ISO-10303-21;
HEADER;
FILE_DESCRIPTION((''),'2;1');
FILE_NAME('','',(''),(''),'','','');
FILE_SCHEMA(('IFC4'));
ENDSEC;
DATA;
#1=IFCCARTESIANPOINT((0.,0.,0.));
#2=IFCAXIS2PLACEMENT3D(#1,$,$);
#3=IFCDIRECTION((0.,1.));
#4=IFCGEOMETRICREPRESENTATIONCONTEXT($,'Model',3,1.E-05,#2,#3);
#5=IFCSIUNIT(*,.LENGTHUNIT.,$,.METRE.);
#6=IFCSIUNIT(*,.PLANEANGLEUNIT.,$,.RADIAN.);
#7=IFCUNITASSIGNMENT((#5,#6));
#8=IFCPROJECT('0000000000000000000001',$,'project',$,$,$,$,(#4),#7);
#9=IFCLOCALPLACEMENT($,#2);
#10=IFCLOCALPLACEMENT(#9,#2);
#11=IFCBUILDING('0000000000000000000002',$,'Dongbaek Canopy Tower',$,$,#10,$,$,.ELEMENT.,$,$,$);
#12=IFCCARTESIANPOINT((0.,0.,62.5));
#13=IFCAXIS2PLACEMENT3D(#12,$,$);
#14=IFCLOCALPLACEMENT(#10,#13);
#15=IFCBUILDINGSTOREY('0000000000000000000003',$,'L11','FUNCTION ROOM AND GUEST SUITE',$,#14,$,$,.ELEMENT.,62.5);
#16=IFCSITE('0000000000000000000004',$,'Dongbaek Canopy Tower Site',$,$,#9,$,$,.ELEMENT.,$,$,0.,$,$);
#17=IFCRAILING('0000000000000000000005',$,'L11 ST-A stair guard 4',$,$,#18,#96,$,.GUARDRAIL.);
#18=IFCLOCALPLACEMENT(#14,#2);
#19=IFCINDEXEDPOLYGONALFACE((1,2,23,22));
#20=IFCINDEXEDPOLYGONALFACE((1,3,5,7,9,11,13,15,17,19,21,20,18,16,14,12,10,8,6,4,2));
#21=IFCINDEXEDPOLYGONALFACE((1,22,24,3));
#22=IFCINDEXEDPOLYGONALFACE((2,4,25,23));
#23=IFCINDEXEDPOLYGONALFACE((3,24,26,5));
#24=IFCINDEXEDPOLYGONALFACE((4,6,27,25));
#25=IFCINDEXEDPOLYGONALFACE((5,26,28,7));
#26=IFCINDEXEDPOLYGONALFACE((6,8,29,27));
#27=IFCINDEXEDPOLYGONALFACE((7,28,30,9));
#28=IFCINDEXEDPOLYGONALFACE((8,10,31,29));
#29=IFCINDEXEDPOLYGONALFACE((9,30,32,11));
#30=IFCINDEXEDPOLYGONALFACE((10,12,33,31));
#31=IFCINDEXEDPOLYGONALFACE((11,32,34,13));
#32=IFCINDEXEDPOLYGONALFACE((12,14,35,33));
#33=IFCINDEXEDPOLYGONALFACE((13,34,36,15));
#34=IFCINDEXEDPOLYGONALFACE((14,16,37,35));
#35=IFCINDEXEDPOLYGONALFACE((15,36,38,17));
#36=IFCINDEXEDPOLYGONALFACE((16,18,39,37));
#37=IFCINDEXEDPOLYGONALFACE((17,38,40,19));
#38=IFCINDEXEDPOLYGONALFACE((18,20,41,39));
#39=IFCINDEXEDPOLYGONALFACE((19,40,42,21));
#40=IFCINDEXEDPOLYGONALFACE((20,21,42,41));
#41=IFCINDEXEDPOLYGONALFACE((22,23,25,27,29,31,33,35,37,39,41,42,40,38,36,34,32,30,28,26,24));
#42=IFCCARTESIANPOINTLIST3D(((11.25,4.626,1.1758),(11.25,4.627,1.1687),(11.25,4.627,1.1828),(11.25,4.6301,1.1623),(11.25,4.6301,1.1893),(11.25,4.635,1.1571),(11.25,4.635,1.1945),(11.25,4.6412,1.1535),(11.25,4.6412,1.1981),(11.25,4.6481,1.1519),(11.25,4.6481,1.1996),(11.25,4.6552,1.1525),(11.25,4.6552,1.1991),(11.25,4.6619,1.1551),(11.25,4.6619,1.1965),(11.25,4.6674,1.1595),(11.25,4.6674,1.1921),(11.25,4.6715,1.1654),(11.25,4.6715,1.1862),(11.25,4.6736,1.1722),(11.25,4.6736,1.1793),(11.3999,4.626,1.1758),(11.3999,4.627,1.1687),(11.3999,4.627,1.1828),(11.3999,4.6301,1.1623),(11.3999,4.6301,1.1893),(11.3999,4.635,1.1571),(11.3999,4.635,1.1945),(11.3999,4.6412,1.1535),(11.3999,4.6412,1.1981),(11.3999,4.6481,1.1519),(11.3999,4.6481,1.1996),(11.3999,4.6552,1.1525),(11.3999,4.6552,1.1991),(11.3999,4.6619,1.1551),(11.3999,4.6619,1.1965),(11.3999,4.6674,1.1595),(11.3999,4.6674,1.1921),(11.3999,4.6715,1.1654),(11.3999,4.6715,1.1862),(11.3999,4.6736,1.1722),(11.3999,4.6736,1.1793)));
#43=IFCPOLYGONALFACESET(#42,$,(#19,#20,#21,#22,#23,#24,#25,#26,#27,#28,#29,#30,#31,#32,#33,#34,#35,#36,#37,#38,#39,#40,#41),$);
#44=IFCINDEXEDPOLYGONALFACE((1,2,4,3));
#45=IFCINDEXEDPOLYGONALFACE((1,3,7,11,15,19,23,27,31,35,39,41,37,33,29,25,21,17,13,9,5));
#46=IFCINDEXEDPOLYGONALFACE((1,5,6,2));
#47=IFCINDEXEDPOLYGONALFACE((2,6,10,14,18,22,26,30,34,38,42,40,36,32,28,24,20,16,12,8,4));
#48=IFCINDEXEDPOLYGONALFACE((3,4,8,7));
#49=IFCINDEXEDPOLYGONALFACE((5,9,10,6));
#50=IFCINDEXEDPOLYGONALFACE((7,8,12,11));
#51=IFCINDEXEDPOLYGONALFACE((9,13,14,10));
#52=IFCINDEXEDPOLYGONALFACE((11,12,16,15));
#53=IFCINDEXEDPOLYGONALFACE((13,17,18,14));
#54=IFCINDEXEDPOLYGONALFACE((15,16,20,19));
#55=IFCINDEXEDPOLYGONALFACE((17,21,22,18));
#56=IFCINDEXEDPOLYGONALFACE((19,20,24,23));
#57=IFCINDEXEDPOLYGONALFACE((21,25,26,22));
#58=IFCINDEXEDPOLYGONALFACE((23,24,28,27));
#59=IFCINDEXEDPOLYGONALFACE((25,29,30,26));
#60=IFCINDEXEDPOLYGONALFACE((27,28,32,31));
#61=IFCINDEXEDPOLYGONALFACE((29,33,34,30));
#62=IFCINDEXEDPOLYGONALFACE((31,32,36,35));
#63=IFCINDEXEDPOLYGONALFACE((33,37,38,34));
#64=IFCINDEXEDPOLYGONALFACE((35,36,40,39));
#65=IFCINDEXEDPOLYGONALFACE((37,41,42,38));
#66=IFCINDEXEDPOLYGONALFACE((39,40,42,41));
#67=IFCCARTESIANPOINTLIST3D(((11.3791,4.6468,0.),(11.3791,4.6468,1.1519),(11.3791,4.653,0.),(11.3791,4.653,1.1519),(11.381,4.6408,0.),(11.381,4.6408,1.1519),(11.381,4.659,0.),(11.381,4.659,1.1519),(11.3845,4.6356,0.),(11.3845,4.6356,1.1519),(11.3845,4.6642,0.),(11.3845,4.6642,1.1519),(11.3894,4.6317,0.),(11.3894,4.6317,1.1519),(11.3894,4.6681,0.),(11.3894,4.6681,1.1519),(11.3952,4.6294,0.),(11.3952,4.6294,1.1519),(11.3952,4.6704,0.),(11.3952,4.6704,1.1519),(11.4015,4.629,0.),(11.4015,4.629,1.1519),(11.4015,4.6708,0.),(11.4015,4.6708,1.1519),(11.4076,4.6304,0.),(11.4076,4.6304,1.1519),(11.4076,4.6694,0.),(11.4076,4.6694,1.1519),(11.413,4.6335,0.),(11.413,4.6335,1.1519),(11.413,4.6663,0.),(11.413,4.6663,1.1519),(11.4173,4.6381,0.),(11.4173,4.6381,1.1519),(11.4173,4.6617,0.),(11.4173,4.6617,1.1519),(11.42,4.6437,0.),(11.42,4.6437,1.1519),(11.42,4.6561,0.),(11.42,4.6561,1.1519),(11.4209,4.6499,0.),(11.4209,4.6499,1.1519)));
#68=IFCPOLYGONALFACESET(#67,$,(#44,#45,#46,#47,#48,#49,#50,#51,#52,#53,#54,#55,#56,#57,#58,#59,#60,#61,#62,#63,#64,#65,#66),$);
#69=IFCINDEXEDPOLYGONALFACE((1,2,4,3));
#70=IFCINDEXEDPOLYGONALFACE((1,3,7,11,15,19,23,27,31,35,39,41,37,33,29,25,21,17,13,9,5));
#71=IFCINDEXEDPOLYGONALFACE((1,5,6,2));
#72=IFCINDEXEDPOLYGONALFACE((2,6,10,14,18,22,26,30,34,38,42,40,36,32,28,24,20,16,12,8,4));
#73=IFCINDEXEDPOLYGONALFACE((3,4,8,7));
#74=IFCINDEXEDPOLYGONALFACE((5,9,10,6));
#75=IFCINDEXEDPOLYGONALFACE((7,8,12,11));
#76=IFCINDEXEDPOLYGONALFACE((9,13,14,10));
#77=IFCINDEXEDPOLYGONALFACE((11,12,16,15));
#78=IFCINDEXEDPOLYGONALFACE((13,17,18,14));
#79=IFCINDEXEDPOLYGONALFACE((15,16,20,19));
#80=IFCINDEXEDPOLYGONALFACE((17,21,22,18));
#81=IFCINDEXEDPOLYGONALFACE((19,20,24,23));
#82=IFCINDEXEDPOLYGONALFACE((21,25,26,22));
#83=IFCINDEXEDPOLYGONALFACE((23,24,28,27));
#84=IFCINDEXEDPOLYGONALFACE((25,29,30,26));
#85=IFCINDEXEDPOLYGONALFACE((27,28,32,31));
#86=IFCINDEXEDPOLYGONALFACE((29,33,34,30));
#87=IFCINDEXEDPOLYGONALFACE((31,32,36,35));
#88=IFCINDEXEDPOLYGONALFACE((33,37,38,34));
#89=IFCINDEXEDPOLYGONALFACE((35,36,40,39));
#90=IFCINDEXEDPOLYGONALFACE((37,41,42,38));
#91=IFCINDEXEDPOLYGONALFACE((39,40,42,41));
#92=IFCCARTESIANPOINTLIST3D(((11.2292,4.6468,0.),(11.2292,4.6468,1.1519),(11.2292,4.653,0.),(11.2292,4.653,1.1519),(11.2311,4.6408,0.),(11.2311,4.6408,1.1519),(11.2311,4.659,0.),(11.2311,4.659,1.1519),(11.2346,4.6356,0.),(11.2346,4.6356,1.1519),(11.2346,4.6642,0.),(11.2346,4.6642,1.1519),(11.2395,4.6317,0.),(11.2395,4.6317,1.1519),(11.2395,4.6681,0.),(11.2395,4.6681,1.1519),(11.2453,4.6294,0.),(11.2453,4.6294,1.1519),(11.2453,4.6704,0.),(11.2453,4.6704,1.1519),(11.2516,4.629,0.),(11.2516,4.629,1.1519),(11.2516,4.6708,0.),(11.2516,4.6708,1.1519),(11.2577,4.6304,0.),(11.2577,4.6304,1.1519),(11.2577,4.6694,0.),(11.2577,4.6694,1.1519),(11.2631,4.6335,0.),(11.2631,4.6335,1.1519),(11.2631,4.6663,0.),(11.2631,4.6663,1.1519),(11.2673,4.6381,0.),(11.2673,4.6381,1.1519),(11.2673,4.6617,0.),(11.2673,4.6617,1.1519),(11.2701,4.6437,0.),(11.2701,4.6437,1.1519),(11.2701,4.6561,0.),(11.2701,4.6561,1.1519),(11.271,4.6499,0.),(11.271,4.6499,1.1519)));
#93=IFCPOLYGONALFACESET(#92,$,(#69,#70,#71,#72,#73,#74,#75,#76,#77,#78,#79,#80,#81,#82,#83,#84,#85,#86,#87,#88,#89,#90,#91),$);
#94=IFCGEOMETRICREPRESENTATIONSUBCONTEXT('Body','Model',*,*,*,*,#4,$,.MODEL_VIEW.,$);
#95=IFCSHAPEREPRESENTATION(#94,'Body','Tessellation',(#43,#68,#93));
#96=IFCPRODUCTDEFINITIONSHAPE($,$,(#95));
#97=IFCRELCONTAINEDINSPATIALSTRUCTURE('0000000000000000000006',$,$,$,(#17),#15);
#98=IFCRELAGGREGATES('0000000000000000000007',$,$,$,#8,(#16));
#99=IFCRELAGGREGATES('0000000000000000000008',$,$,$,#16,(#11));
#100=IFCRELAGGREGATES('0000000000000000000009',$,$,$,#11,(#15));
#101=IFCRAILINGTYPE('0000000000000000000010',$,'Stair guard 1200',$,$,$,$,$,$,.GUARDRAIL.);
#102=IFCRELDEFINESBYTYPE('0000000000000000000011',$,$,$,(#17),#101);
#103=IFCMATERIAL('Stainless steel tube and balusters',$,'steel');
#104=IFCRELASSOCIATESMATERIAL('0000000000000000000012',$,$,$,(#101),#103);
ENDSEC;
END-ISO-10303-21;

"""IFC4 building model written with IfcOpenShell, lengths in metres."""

from ifc_helpers import new_model, si_unit, direction, frame, origin, origin_2d, place, context, subcontext, project, spatial, circle, extrude, material, type_object, element, save


model = new_model("IFC4")

# Units and contexts
model_context = context("Model", 3, precision=1e-05, world=origin(), true_north=direction((0.0, 1.0)))
body_context = subcontext(model_context, "Body", "Model", "MODEL_VIEW")
ifc_project = project(units=[si_unit("LENGTHUNIT", "METRE"), si_unit("PLANEANGLEUNIT", "RADIAN")], contexts=[model_context])

# Site, building, storey
site_placement = place(None, origin())
site = spatial("IfcSite", under=ifc_project, at=site_placement, Name="Dongbaek Canopy Tower Site", CompositionType="ELEMENT", RefElevation=0.0)
building_placement = place(site_placement, origin())
building = spatial("IfcBuilding", under=site, at=building_placement, Name="Dongbaek Canopy Tower", CompositionType="ELEMENT")
storey_placement = place(building_placement, frame((0.0, 0.0, 62.5)))
storey = spatial("IfcBuildingStorey", under=building, at=storey_placement, Name="L11", Description="FUNCTION ROOM AND GUEST SUITE", CompositionType="ELEMENT", Elevation=62.5)

# Railing
ifc_material_1 = material(Name="Stainless steel tube and balusters", Category="steel")
railing_type_1 = type_object("IfcRailingType", Name="Stair guard 1200", PredefinedType="GUARDRAIL", material=ifc_material_1)
railing_1_placement = place(storey_placement, frame((11.3999, 4.6499, 0.0)))
element("IfcRailing", 1, at=railing_1_placement, inside=storey, type_object=railing_type_1, Name="L11 ST-A stair guard 4", PredefinedType="GUARDRAIL", context=body_context, shape_type="SweptSolid", body=[
    extrude(circle(Radius=0.0239, at=origin_2d()), frame((0.0, 0.0, 1.1758), z_axis=(-1.0, 0.0, 0.0), x_axis=(0.0, -1.0, 0.0)), (0.0, 0.0, 1.0), 0.1499),
    extrude(circle(Radius=0.021, at=origin_2d()), origin(), (0.0, 0.0, 1.0), 1.1519),
    extrude(circle(Radius=0.021, at=origin_2d()), frame((-0.1499, 0.0, 0.0)), (0.0, 0.0, 1.0), 1.1519),
])

save(model, "model.ifc")
